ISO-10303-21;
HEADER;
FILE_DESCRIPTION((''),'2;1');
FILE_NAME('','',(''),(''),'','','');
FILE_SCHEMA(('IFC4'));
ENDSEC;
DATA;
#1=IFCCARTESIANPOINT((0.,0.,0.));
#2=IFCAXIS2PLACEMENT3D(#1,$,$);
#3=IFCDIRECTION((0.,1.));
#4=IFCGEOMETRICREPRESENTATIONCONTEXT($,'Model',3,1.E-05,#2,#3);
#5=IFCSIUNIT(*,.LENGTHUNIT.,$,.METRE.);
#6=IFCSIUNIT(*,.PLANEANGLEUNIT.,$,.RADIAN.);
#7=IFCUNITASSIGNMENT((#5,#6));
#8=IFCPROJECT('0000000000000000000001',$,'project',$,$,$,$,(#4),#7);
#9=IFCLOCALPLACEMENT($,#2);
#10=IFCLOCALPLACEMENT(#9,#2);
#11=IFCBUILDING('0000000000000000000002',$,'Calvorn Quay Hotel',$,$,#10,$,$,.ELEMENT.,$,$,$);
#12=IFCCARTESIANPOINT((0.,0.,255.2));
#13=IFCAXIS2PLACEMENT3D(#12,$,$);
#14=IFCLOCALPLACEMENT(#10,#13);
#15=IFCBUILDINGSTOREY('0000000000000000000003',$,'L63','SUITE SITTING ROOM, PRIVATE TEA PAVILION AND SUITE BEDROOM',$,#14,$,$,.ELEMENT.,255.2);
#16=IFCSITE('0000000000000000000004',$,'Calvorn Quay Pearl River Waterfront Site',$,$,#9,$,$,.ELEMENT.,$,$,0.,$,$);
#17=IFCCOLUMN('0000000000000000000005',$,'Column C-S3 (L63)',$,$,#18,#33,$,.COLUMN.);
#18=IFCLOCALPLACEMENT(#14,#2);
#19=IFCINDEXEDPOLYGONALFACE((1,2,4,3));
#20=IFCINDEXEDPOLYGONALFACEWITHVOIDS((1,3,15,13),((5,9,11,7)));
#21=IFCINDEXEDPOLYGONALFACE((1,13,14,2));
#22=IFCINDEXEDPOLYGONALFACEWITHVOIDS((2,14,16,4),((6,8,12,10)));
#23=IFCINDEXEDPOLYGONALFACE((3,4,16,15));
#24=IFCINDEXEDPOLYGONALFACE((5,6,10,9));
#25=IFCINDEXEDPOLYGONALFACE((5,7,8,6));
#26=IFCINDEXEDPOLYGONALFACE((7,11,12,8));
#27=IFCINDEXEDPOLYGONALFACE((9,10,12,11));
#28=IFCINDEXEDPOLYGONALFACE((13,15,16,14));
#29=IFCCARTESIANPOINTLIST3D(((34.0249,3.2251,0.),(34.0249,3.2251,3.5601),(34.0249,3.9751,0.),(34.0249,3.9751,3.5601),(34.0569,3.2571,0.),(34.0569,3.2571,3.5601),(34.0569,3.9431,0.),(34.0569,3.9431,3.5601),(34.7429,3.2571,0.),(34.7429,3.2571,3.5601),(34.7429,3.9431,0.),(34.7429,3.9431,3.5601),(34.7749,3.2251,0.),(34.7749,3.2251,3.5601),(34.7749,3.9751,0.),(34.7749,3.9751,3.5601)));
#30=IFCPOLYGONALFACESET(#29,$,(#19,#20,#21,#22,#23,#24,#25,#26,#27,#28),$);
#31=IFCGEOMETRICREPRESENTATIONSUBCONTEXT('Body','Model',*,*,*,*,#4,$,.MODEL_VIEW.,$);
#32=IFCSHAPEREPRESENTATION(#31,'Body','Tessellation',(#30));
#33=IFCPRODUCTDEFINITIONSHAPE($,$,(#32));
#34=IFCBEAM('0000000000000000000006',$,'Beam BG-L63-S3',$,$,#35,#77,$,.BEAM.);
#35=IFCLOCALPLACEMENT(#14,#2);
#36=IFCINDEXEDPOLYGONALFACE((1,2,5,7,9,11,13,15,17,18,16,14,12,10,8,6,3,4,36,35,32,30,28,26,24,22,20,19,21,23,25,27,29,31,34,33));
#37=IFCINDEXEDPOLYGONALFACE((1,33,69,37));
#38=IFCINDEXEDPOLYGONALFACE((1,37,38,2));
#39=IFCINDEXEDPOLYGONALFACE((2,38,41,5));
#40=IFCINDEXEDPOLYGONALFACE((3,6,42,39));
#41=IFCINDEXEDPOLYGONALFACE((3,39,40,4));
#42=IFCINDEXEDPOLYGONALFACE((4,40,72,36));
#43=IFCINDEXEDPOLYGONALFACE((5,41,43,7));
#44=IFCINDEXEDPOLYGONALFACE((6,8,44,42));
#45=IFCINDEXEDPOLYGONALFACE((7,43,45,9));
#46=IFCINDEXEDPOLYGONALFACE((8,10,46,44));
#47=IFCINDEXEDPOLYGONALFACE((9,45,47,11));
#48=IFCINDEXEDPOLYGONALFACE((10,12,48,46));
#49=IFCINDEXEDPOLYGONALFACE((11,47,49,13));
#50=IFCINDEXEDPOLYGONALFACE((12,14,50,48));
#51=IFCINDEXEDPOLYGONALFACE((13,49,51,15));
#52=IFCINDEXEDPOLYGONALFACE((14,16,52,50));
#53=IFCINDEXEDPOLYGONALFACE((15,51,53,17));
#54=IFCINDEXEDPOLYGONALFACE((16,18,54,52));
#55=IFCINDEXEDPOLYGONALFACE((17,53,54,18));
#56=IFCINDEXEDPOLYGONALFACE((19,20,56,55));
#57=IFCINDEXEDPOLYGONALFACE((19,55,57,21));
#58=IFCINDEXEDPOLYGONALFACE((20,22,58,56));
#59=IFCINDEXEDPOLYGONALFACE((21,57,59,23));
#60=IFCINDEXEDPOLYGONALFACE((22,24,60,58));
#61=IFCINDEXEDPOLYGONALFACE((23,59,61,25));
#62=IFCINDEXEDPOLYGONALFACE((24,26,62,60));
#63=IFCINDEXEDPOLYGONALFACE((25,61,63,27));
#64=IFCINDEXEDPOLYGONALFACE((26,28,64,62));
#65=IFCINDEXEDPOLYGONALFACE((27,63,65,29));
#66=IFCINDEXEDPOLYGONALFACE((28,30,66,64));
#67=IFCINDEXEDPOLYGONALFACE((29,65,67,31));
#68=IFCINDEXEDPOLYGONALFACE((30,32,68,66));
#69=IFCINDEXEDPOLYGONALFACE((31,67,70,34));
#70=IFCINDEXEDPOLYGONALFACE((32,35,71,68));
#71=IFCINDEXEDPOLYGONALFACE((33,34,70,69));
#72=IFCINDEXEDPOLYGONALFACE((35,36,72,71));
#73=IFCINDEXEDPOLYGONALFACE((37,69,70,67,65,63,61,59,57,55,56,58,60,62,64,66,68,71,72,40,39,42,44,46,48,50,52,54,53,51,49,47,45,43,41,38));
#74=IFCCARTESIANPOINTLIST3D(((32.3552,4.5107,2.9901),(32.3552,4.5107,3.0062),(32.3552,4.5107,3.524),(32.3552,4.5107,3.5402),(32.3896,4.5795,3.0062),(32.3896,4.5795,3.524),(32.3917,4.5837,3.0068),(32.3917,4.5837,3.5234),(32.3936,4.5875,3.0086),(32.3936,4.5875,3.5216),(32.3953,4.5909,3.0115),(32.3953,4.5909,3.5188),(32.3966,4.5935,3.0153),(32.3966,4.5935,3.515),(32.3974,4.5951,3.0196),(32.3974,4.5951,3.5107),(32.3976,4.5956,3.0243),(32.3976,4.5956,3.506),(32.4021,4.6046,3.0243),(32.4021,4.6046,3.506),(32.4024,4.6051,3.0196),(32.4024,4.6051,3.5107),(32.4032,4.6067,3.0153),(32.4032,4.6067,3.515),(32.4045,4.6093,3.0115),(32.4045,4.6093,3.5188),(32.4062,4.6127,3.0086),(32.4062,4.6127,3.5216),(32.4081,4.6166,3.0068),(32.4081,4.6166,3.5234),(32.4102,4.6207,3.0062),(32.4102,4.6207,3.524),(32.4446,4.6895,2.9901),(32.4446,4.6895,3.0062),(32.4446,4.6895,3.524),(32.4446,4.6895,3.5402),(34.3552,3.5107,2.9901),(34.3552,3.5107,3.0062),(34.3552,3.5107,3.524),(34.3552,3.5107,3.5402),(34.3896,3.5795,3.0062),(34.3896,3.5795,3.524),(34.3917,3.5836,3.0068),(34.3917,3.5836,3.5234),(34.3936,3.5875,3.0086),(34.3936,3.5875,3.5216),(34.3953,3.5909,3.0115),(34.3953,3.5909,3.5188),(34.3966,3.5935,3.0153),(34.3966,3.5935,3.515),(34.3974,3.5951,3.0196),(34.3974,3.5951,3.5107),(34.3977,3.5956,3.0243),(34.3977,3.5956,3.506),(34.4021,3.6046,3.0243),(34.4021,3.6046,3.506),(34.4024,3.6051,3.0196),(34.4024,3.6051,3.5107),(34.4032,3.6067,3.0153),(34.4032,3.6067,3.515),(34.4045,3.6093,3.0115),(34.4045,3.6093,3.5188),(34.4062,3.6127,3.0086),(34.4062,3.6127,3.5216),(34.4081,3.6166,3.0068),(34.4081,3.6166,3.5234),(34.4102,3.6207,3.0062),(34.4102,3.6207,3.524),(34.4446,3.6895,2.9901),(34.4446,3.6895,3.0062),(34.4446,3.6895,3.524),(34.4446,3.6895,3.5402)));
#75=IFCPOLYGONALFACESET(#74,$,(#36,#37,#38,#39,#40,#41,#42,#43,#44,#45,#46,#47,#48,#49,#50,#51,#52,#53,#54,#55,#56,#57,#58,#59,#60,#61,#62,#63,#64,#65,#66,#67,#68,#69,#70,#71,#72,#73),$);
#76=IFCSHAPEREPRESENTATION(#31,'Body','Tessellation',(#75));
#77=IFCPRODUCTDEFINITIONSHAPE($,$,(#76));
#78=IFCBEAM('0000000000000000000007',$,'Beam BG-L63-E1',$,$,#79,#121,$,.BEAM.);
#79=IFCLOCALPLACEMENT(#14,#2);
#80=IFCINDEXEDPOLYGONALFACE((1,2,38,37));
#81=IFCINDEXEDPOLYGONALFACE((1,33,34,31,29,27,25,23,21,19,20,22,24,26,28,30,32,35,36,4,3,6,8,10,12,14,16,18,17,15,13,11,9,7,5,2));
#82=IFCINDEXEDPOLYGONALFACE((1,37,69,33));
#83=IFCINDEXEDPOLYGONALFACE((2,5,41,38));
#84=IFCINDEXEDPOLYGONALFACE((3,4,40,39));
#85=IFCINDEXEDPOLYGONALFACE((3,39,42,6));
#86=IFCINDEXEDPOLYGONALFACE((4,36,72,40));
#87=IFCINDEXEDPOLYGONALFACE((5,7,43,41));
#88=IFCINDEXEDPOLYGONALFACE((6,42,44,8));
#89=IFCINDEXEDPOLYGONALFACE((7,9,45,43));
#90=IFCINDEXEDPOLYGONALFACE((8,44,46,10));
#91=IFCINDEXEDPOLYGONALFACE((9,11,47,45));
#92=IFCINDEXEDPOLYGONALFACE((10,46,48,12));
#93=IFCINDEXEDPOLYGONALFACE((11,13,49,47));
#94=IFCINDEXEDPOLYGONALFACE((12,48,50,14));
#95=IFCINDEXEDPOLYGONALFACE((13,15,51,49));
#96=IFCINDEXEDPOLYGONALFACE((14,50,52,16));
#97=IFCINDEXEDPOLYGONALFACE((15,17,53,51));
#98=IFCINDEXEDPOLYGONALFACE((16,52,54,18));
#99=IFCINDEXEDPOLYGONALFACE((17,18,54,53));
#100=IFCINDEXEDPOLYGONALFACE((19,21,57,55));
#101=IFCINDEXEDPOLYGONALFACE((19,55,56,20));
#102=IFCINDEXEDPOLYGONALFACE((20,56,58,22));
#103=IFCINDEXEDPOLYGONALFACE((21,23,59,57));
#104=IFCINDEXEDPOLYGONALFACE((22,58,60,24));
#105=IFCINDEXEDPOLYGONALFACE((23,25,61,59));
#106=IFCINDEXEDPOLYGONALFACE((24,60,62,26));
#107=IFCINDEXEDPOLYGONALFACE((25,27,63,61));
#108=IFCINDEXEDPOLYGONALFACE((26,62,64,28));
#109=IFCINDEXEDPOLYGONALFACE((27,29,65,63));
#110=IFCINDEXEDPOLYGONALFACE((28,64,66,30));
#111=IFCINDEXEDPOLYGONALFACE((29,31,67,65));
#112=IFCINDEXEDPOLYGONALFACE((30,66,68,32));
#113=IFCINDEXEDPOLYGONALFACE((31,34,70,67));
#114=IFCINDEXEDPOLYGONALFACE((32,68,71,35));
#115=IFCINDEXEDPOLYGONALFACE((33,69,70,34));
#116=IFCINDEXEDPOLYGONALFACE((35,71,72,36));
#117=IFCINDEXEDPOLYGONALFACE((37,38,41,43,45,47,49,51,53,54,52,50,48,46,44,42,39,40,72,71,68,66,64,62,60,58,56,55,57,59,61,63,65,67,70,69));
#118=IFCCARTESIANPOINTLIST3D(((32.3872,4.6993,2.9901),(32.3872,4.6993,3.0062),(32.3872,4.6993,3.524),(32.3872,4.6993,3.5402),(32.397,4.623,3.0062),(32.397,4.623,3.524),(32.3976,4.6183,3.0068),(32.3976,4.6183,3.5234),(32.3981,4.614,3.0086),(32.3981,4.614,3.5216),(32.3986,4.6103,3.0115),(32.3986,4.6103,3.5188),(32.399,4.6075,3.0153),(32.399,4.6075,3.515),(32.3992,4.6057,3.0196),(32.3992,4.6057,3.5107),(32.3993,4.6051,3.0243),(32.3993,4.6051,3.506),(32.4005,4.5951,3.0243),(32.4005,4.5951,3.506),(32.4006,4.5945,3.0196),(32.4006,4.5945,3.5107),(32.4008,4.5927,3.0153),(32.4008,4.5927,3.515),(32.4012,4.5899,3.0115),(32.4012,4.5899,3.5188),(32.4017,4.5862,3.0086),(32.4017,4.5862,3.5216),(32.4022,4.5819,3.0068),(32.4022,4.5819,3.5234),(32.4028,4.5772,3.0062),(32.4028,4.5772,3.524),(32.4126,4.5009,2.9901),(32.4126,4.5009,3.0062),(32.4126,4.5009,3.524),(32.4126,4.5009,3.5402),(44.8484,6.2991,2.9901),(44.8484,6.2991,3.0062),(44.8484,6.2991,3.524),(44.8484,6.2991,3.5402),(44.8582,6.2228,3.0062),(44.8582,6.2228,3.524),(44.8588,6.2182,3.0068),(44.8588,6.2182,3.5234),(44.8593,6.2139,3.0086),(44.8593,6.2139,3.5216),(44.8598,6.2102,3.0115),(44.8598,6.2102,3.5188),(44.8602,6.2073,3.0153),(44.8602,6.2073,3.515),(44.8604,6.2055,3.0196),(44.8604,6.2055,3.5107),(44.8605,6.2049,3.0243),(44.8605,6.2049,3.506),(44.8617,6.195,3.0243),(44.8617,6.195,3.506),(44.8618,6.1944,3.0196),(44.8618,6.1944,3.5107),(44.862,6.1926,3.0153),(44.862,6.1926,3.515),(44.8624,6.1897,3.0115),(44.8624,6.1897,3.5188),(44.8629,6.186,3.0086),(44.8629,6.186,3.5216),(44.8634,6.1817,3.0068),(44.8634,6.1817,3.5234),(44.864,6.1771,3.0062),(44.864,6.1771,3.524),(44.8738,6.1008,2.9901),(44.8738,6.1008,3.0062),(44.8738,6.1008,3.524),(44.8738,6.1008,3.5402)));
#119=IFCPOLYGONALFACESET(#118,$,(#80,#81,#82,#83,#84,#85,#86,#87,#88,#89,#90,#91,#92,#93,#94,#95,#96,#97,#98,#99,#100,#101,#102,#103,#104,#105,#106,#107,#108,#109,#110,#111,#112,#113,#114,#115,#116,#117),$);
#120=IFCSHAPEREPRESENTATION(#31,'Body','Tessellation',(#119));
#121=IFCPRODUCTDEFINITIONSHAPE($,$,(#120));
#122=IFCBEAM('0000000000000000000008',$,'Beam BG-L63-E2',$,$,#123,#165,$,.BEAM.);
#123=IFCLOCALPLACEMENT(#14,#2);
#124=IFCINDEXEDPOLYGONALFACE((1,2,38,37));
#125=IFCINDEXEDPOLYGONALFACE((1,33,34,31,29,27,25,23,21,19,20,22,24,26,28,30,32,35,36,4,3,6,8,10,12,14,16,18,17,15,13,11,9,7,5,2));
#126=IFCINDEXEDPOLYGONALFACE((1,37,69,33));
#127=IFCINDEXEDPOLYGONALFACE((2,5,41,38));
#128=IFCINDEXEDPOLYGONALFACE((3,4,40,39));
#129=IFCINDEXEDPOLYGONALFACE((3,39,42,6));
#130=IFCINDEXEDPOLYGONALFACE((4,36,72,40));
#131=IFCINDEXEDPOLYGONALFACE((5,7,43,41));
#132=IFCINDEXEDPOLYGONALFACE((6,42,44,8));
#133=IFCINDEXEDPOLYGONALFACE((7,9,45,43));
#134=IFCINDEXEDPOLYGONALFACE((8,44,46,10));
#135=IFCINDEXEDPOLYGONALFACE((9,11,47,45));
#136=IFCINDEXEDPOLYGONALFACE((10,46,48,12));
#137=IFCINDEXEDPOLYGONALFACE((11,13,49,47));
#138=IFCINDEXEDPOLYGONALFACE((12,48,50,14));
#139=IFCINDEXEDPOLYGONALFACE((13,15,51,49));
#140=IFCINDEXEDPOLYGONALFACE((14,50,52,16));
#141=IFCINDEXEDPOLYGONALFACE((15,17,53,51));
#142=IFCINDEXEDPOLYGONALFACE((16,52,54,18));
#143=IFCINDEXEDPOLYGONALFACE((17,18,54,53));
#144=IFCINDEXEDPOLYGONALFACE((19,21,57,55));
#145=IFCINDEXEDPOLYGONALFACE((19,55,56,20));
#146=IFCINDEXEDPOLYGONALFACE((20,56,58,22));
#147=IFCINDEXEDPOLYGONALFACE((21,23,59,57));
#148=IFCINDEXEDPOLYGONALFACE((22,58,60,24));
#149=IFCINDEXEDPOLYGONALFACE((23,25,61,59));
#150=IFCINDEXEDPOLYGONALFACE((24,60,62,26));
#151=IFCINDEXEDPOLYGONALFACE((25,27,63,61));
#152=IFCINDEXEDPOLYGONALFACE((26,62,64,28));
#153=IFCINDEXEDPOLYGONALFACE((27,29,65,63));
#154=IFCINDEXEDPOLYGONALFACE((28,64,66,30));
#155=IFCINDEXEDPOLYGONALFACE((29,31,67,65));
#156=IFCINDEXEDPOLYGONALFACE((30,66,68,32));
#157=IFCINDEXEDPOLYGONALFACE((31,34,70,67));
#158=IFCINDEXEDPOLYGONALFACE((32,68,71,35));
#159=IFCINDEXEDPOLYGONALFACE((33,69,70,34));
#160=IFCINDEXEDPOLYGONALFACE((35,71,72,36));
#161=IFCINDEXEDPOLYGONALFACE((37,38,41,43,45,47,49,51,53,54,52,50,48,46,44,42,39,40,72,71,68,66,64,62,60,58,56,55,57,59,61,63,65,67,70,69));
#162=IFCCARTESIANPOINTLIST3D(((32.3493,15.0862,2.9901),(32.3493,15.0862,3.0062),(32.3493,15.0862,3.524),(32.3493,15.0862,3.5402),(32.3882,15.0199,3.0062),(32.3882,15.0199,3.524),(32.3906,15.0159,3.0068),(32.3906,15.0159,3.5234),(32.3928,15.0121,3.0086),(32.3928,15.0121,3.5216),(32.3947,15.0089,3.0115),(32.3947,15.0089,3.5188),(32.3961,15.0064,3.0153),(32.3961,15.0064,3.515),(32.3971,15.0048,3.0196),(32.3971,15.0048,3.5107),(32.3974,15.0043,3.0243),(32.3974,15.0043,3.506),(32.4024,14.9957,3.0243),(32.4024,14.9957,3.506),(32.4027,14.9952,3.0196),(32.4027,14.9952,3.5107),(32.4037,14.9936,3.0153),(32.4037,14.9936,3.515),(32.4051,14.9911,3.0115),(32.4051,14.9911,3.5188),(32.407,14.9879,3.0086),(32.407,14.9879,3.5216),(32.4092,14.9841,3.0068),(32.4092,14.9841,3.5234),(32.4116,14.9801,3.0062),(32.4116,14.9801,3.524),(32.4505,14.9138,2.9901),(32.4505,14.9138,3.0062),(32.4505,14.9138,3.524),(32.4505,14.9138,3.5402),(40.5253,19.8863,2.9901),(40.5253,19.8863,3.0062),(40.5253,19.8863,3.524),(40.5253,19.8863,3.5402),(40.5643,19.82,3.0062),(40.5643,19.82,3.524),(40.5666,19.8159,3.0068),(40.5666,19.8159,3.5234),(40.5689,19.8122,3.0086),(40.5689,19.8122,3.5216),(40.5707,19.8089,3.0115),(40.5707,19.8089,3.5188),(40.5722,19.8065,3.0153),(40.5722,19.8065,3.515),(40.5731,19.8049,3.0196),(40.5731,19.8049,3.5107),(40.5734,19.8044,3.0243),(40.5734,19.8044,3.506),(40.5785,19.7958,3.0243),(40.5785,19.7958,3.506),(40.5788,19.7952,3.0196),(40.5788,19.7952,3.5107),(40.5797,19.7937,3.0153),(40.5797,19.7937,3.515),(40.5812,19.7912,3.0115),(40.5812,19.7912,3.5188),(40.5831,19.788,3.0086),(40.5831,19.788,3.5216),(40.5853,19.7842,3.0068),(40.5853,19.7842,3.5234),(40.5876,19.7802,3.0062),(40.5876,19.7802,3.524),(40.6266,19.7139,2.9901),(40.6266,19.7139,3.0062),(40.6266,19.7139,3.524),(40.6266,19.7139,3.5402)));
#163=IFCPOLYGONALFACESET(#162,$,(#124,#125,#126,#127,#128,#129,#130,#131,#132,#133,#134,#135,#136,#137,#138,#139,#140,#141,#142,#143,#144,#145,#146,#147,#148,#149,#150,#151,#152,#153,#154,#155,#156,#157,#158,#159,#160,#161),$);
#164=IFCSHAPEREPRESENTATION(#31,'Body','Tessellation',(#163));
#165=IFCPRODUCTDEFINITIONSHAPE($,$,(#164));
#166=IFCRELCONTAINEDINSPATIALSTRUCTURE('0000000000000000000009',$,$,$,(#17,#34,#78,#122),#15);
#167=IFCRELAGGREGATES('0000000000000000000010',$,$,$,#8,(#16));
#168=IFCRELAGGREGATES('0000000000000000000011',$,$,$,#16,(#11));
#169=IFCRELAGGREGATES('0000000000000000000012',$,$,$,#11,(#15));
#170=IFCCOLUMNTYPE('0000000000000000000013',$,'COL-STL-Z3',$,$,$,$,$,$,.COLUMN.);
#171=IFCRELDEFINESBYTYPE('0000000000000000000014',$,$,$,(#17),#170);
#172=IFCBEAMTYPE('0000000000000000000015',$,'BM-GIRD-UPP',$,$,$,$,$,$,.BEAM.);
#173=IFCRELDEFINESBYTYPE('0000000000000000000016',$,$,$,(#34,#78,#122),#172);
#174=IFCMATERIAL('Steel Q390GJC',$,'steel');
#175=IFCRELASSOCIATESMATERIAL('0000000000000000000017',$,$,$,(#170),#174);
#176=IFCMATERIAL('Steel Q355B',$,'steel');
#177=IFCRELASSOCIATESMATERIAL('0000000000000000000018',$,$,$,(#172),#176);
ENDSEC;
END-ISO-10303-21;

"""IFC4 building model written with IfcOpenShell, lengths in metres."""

from ifc_helpers import new_model, si_unit, direction, frame, origin, origin_2d, place, context, subcontext, project, spatial, hollow_rectangle, i_section, extrude, material, material_profile, profile_set, type_object, element, save


model = new_model("IFC4")

# Units and contexts
model_context = context("Model", 3, precision=1e-05, world=origin(), true_north=direction((0.0, 1.0)))
body_context = subcontext(model_context, "Body", "Model", "MODEL_VIEW")
ifc_project = project(units=[si_unit("LENGTHUNIT", "METRE"), si_unit("PLANEANGLEUNIT", "RADIAN")], contexts=[model_context])

# Site, building, storey
site_placement = place(None, origin())
site = spatial("IfcSite", under=ifc_project, at=site_placement, Name="Calvorn Quay Pearl River Waterfront Site", CompositionType="ELEMENT", RefElevation=0.0)
building_placement = place(site_placement, origin())
building = spatial("IfcBuilding", under=site, at=building_placement, Name="Calvorn Quay Hotel", CompositionType="ELEMENT")
storey_placement = place(building_placement, frame((0.0, 0.0, 255.2)))
storey = spatial("IfcBuildingStorey", under=building, at=storey_placement, Name="L63", Description="SUITE SITTING ROOM, PRIVATE TEA PAVILION AND SUITE BEDROOM", CompositionType="ELEMENT", Elevation=255.2)

# Column
ifc_material_1 = material(Name="Steel Q390GJC", Category="steel")
ifc_material_profile_1 = material_profile(ifc_material_1, hollow_rectangle(XDim=0.75, YDim=0.75, WallThickness=0.032, at=origin_2d()), Name="BOX750x750x32")
ifc_profile_set_1 = profile_set([ifc_material_profile_1], Name="Steel Q390GJC")
column_type = type_object("IfcColumnType", Name="COL-STL-Z3", PredefinedType="COLUMN", material=ifc_profile_set_1)
column_placement = place(storey_placement, frame((34.3999, 3.6001, 0.0), z_axis=(0.0, 0.0, 1.0), x_axis=(1.0, 0.0, 0.0)))
element("IfcColumn", 1, at=column_placement, inside=storey, type_object=column_type, Name="Column C-S3 (L63)", PredefinedType="COLUMN", context=body_context, shape_type="SweptSolid", body=[
    extrude(hollow_rectangle(XDim=0.75, YDim=0.75, WallThickness=0.032, at=origin_2d()), origin(), (0.0, 0.0, 1.0), 3.5601),
])

# Beams
ifc_material_2 = material(Name="Steel Q355B", Category="steel")
ifc_material_profile_2 = material_profile(ifc_material_2, i_section(OverallWidth=0.2, OverallDepth=0.55, WebThickness=0.01, FlangeThickness=0.0161, FilletRadius=0.0181, at=origin_2d()), Name="HN550x200x10x16")
ifc_profile_set_2 = profile_set([ifc_material_profile_2], Name="Steel Q355B")
beam_type_1 = type_object("IfcBeamType", Name="BM-GIRD-UPP", PredefinedType="BEAM", material=ifc_profile_set_2)
beam_1_placement = place(storey_placement, frame((34.3999, 3.6001, 3.2651), z_axis=(-0.894427, 0.447214, 0.0), x_axis=(-0.447214, -0.894427, 0.0)))
element("IfcBeam", 2, at=beam_1_placement, inside=storey, type_object=beam_type_1, Name="Beam BG-L63-S3", PredefinedType="BEAM", context=body_context, shape_type="SweptSolid", body=[
    extrude(i_section(OverallWidth=0.2, OverallDepth=0.55, WebThickness=0.01, FlangeThickness=0.0161, FilletRadius=0.0181, at=origin_2d()), origin(), (0.0, 0.0, 1.0), 2.2361),
])
beam_2_placement = place(storey_placement, frame((32.3999, 4.6001, 3.2651), z_axis=(0.991859, 0.127342, 0.0), x_axis=(-0.127342, 0.991859, 0.0)))
element("IfcBeam", 3, at=beam_2_placement, inside=storey, type_object=beam_type_1, Name="Beam BG-L63-E1", PredefinedType="BEAM", context=body_context, shape_type="SweptSolid", body=[
    extrude(i_section(OverallWidth=0.2, OverallDepth=0.55, WebThickness=0.01, FlangeThickness=0.0161, FilletRadius=0.0181, at=origin_2d()), origin(), (0.0, 0.0, 1.0), 12.5635),
])
beam_3_placement = place(storey_placement, frame((32.3999, 15.0, 3.2651), z_axis=(0.862366, 0.506285, 0.0), x_axis=(-0.506285, 0.862366, 0.0)))
element("IfcBeam", 4, at=beam_3_placement, inside=storey, type_object=beam_type_1, Name="Beam BG-L63-E2", PredefinedType="BEAM", context=body_context, shape_type="SweptSolid", body=[
    extrude(i_section(OverallWidth=0.2, OverallDepth=0.55, WebThickness=0.01, FlangeThickness=0.0161, FilletRadius=0.0181, at=origin_2d()), origin(), (0.0, 0.0, 1.0), 9.481),
])

save(model, "model.ifc")
